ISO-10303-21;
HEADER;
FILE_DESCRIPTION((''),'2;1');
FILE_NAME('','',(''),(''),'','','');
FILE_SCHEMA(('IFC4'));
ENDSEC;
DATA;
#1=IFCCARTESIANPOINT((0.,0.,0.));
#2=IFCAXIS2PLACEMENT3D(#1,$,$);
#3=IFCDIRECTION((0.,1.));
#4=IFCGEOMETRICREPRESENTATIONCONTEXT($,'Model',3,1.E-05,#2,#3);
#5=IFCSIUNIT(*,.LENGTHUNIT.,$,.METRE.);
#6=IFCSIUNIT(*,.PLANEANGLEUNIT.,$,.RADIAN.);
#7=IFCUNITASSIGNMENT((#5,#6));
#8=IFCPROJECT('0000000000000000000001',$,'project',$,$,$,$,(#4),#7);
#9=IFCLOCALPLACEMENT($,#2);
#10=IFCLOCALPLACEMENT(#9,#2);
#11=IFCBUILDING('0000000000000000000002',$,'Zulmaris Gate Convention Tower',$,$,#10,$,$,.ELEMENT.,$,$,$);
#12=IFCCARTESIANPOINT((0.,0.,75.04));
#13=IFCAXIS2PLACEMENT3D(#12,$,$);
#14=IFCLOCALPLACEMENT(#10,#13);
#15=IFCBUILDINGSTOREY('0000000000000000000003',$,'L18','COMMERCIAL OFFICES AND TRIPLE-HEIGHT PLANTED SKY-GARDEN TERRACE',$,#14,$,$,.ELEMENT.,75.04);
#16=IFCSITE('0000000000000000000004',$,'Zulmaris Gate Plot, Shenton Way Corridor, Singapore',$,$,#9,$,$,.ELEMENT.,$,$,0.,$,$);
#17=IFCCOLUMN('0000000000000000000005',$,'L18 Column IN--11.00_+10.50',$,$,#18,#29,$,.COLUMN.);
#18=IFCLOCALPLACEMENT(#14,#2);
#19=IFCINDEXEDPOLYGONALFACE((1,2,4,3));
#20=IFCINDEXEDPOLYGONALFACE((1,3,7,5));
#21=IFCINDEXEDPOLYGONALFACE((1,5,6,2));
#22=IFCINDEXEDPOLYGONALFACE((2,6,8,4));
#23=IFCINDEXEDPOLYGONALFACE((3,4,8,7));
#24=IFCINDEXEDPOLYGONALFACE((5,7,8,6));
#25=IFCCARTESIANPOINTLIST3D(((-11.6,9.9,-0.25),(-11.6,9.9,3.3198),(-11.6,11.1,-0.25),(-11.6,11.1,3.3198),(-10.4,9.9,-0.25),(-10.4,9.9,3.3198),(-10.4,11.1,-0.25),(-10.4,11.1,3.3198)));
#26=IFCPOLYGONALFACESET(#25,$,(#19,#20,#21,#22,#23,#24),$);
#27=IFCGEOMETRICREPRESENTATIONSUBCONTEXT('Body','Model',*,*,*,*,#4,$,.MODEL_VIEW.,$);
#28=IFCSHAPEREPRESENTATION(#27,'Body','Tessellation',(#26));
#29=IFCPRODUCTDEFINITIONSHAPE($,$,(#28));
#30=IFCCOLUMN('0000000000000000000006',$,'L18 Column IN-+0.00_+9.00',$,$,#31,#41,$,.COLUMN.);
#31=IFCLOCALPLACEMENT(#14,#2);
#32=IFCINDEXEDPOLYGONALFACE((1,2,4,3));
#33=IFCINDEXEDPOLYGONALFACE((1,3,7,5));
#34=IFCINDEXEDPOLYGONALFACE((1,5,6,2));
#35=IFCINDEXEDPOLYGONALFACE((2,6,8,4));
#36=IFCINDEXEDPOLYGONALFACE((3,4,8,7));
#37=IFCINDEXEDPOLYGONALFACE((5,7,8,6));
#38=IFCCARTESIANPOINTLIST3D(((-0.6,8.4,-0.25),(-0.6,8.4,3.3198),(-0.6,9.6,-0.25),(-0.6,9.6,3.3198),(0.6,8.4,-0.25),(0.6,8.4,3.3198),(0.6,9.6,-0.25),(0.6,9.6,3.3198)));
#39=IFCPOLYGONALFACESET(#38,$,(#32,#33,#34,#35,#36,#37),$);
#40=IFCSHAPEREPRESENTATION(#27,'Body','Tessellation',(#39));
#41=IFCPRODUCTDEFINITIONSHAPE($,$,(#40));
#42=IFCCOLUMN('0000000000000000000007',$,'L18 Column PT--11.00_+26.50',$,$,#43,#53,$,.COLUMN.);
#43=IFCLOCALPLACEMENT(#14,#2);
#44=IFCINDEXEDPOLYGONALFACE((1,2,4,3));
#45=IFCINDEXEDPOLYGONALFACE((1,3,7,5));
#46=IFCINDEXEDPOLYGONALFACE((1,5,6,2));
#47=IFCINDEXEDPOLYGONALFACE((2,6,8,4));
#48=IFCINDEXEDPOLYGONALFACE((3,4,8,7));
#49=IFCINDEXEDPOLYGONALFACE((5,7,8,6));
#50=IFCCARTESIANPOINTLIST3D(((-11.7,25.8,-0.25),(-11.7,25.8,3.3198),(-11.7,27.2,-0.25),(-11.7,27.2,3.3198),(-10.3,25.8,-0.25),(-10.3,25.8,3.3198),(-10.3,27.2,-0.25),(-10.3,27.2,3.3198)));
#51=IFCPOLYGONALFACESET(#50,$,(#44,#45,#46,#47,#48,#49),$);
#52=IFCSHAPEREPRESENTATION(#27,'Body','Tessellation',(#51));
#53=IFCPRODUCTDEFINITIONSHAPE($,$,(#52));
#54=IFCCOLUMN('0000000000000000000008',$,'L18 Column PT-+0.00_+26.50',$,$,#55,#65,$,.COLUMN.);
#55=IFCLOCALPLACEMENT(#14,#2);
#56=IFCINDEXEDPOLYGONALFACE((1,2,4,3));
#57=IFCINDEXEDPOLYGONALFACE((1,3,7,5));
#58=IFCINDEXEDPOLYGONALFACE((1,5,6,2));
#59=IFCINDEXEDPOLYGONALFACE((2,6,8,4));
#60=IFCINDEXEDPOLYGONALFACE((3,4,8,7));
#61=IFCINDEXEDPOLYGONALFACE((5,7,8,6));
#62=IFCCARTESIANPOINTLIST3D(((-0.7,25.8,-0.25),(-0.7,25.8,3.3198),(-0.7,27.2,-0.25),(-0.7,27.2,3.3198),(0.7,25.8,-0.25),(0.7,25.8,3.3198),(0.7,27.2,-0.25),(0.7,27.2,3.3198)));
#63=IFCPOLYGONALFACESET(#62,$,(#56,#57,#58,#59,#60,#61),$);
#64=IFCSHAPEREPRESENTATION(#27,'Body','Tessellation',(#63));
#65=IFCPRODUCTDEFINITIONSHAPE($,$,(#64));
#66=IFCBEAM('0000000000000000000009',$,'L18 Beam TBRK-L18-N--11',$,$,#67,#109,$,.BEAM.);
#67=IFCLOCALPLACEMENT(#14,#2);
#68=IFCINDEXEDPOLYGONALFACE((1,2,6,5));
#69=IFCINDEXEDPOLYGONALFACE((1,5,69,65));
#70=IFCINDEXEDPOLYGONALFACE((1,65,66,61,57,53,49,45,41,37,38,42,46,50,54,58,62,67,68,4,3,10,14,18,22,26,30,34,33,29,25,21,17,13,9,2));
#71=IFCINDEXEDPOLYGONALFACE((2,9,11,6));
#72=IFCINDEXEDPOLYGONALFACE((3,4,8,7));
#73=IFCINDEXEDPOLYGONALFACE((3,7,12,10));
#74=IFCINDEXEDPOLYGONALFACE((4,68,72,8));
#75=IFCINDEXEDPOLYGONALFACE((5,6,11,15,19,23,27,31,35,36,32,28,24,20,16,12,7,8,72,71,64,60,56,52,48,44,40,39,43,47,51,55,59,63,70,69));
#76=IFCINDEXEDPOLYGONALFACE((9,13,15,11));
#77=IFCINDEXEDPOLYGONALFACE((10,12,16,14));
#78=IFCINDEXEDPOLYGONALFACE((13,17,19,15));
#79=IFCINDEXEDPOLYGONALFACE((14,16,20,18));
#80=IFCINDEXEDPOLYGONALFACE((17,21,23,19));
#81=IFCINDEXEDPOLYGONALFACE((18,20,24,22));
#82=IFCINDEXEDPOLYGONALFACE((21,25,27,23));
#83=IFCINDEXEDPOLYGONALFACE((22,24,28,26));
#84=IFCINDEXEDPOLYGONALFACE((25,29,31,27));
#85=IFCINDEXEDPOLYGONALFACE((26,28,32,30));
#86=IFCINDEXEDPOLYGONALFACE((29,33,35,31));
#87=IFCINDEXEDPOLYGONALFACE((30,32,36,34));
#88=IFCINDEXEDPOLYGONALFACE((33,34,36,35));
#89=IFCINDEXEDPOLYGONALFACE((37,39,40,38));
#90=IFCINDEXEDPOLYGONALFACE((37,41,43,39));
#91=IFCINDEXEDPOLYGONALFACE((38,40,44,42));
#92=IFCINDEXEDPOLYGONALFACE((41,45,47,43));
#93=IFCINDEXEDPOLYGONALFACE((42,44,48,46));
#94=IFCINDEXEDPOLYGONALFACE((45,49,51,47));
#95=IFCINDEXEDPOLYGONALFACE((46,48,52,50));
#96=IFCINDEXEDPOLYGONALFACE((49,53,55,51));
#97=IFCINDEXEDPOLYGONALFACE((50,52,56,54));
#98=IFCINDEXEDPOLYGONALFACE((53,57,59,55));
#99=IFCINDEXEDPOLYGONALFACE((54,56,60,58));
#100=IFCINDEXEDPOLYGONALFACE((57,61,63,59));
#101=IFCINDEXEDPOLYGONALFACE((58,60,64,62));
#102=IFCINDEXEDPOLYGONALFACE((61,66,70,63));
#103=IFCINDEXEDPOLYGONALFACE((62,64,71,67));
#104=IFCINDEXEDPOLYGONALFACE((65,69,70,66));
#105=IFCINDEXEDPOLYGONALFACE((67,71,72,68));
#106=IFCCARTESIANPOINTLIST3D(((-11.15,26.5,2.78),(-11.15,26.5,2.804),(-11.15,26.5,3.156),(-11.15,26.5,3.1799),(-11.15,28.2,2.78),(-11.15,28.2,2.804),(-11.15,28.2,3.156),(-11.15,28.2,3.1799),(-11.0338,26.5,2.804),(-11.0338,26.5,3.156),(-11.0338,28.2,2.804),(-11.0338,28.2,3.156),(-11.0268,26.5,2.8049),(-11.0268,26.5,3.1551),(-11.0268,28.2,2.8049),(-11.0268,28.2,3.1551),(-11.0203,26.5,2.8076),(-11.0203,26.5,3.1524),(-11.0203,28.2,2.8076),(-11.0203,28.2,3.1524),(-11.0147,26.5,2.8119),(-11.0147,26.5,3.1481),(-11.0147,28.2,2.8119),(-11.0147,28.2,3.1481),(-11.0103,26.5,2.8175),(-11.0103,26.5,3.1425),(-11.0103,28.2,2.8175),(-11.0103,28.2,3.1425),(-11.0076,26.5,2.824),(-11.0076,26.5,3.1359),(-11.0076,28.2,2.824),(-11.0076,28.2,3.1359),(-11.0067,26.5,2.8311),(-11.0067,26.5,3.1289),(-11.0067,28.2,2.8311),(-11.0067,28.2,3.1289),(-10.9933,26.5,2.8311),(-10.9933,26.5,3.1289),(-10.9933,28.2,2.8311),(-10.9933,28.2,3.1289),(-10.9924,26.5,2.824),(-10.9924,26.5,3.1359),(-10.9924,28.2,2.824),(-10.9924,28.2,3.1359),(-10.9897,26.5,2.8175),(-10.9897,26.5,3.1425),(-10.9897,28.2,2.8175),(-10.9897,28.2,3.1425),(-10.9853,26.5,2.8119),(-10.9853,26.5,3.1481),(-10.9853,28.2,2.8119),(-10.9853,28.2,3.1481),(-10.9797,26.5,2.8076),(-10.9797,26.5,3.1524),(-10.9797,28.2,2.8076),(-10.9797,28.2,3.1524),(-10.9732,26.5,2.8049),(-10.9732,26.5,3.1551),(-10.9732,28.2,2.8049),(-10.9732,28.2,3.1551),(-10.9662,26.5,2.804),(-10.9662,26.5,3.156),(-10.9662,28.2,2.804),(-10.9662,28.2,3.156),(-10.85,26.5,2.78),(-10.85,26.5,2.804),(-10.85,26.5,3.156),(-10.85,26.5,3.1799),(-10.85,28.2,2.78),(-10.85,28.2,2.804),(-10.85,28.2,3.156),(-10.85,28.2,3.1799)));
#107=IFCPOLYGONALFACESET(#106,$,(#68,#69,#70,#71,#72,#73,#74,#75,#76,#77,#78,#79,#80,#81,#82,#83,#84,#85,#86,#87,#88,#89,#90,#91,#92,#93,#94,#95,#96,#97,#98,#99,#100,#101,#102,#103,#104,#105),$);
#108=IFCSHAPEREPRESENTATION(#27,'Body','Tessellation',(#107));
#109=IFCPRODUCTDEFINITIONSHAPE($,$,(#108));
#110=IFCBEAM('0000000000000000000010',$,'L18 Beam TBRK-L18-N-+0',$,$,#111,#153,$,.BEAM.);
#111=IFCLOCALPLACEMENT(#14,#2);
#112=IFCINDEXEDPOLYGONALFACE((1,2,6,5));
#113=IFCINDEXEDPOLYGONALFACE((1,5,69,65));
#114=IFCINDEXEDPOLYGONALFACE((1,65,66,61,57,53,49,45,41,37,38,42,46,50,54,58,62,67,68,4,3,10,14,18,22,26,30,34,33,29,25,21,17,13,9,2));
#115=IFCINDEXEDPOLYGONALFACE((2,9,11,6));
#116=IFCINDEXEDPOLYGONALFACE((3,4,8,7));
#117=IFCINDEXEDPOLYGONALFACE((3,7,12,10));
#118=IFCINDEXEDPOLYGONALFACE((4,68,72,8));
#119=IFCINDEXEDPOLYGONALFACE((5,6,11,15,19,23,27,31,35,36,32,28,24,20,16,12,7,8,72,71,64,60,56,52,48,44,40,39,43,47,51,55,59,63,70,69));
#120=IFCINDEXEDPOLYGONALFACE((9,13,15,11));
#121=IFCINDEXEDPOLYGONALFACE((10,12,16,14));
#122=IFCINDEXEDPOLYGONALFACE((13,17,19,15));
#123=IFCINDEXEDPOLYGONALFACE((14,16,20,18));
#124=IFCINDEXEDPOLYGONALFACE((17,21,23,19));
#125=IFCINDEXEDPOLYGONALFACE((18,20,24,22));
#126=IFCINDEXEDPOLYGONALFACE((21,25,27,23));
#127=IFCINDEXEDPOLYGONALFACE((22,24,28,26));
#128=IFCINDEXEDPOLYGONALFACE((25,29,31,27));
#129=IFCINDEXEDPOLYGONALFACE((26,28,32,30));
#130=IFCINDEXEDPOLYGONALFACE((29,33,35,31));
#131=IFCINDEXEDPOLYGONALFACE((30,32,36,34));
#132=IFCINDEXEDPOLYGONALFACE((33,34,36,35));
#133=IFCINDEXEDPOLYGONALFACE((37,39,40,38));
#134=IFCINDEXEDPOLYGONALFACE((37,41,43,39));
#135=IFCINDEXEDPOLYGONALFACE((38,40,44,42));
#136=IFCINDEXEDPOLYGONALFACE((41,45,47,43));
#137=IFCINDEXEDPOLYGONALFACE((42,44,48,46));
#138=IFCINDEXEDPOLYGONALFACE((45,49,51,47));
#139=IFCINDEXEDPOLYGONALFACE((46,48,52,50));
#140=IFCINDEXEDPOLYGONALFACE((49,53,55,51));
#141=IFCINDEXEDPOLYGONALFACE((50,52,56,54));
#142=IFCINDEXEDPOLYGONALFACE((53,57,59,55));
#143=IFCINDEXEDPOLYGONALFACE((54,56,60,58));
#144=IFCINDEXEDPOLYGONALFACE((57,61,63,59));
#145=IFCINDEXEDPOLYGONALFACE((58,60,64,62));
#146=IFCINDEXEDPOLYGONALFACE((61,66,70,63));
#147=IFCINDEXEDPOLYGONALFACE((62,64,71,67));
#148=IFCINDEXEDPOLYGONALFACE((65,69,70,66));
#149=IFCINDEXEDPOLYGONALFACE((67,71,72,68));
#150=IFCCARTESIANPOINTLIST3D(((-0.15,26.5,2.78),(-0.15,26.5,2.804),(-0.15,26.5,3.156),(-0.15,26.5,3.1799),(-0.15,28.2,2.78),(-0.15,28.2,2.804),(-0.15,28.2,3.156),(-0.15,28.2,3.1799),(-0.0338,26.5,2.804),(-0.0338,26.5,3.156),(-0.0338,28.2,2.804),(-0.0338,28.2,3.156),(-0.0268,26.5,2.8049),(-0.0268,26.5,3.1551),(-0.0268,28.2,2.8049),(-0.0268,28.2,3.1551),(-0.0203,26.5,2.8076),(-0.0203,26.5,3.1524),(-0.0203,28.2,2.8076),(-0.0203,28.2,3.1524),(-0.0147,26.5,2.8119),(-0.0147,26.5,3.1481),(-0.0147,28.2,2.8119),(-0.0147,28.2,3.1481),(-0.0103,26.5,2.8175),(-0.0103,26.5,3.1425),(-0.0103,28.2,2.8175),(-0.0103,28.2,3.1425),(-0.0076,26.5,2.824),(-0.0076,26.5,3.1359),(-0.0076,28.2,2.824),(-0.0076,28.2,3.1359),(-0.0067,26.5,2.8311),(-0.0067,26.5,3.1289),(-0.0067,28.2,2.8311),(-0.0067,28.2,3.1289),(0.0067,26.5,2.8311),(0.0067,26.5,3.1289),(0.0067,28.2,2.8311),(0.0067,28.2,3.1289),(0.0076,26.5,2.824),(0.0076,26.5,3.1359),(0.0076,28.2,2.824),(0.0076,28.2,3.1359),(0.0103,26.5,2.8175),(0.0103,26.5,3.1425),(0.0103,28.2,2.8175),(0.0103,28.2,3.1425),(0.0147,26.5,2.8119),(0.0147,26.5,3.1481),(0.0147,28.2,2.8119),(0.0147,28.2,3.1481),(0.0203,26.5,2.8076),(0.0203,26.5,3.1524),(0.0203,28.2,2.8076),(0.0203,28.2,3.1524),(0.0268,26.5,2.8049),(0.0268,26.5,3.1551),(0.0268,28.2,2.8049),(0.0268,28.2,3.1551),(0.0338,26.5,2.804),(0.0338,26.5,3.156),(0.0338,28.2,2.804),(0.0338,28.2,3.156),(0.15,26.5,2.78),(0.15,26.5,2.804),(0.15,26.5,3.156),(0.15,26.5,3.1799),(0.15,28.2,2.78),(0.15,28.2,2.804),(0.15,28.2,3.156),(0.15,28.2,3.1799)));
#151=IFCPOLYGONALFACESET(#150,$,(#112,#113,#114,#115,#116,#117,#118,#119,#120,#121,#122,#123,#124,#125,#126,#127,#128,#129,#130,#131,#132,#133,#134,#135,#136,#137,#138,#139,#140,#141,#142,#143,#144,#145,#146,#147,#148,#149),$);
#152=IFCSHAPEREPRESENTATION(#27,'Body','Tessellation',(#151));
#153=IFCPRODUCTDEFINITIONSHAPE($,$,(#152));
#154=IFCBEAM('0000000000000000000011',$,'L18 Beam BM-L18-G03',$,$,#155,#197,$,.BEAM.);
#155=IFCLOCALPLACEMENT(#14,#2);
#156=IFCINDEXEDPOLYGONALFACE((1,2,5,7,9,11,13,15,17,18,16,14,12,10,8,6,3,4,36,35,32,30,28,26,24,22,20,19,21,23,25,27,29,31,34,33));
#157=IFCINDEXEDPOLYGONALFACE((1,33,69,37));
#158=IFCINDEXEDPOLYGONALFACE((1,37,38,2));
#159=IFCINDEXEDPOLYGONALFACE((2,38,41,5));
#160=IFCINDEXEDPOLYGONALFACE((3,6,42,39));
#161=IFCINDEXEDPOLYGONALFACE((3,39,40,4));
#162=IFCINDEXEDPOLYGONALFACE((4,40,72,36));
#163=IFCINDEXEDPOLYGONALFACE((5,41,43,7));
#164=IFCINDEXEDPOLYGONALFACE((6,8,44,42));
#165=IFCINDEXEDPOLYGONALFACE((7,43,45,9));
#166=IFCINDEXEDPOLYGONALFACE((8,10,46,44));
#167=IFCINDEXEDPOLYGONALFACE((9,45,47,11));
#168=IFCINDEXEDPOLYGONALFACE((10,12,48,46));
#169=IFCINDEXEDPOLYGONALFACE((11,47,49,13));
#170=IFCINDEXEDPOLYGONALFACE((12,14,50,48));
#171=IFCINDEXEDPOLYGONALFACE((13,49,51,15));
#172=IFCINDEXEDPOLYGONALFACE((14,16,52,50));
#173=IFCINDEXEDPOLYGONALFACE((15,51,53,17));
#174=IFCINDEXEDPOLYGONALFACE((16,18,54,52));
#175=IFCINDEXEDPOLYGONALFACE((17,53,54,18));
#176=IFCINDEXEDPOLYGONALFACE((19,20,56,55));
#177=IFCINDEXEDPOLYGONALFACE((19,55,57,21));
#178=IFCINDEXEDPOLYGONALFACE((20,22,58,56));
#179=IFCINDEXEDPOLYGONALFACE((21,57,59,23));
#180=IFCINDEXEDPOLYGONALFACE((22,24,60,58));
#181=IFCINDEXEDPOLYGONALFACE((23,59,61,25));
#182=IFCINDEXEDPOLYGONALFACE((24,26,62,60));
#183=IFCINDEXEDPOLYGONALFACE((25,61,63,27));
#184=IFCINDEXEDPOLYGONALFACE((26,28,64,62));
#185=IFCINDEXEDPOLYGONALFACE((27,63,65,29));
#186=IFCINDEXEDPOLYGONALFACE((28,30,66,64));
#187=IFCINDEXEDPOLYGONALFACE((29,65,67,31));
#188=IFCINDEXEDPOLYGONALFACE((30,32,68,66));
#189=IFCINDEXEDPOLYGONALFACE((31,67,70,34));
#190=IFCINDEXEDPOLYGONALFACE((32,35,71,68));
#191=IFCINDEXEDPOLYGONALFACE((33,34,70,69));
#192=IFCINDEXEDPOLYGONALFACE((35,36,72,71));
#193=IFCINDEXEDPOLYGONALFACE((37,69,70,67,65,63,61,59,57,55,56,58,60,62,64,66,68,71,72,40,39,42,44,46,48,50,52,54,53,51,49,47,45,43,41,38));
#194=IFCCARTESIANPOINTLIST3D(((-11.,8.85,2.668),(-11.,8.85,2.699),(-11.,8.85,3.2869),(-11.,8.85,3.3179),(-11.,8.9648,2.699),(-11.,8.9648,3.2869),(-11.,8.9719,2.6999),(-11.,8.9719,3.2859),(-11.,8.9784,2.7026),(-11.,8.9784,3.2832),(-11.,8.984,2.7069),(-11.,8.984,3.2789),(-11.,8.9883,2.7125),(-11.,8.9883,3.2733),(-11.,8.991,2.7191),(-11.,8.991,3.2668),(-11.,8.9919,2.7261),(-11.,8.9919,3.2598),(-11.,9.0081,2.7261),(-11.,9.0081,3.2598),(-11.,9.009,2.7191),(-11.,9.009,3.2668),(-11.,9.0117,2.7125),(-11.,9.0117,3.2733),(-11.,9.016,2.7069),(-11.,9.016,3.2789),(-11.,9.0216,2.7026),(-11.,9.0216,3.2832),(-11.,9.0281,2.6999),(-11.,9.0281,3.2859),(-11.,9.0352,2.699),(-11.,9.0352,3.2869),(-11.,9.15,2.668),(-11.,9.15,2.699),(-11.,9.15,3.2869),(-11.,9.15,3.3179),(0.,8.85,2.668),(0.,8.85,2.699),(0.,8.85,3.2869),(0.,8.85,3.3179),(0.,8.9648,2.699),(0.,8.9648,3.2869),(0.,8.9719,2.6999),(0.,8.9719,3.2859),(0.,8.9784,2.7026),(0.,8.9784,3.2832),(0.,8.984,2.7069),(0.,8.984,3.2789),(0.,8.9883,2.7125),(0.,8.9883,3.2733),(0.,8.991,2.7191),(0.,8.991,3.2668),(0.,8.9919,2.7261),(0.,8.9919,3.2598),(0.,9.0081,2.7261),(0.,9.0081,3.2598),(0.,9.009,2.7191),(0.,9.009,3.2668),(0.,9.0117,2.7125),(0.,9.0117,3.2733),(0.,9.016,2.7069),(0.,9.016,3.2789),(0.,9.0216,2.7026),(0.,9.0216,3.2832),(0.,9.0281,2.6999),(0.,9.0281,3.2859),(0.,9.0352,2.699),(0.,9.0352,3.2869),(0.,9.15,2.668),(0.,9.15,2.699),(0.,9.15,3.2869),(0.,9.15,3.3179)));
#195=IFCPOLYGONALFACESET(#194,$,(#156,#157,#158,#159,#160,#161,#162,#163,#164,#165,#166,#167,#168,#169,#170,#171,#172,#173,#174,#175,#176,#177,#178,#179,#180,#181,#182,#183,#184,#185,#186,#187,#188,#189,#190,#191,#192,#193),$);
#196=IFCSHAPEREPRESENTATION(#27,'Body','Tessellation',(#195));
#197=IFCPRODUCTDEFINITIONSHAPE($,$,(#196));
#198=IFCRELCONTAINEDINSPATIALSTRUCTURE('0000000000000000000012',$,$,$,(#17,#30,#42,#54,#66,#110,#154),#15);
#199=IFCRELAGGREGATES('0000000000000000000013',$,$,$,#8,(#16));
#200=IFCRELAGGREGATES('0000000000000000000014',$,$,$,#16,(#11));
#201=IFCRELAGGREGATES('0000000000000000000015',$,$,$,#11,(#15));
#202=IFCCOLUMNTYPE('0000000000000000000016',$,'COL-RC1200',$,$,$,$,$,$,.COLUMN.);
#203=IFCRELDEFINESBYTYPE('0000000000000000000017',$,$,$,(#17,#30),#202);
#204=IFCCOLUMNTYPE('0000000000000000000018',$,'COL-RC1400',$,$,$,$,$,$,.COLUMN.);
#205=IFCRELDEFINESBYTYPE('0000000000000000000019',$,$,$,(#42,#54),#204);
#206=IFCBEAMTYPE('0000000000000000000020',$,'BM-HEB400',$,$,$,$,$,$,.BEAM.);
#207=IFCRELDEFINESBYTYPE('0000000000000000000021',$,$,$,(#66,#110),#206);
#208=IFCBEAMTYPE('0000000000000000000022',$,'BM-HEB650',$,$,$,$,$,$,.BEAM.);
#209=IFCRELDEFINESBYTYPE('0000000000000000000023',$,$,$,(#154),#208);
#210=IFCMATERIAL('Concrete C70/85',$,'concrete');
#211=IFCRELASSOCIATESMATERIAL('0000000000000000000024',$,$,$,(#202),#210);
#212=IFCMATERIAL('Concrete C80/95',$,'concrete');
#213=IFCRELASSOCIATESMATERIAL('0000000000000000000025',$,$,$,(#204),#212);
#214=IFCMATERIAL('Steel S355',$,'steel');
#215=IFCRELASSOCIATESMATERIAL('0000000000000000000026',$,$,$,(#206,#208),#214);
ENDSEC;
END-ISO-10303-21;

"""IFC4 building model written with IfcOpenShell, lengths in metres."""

from ifc_helpers import new_model, si_unit, direction, frame, origin, origin_2d, place, context, subcontext, project, spatial, rectangle, i_section, extrude, material, material_profile, profile_set, type_object, element, save


model = new_model("IFC4")

# Units and contexts
model_context = context("Model", 3, precision=1e-05, world=origin(), true_north=direction((0.0, 1.0)))
body_context = subcontext(model_context, "Body", "Model", "MODEL_VIEW")
ifc_project = project(units=[si_unit("LENGTHUNIT", "METRE"), si_unit("PLANEANGLEUNIT", "RADIAN")], contexts=[model_context])

# Site, building, storey
site_placement = place(None, origin())
site = spatial("IfcSite", under=ifc_project, at=site_placement, Name="Zulmaris Gate Plot, Shenton Way Corridor, Singapore", CompositionType="ELEMENT", RefElevation=0.0)
building_placement = place(site_placement, origin())
building = spatial("IfcBuilding", under=site, at=building_placement, Name="Zulmaris Gate Convention Tower", CompositionType="ELEMENT")
storey_placement = place(building_placement, frame((0.0, 0.0, 75.04)))
storey = spatial("IfcBuildingStorey", under=building, at=storey_placement, Name="L18", Description="COMMERCIAL OFFICES AND TRIPLE-HEIGHT PLANTED SKY-GARDEN TERRACE", CompositionType="ELEMENT", Elevation=75.04)

# Columns
ifc_material_1 = material(Name="Concrete C70/85", Category="concrete")
ifc_material_profile_1 = material_profile(ifc_material_1, rectangle(XDim=1.2, YDim=1.2, at=origin_2d()), Name="RC COL 1200x1200")
ifc_profile_set_1 = profile_set([ifc_material_profile_1], Name="Concrete C70/85")
column_type_1 = type_object("IfcColumnType", Name="COL-RC1200", PredefinedType="COLUMN", material=ifc_profile_set_1)
for number, where, z_axis, x_axis, name in (
    (1, (-11.0, 10.5, -0.25), (0.0, 0.0, 1.0), (1.0, 0.0, 0.0), "L18 Column IN--11.00_+10.50"),
    (2, (0.0, 9.0, -0.25), (0.0, 0.0, 1.0), (1.0, 0.0, 0.0), "L18 Column IN-+0.00_+9.00"),
):
    element("IfcColumn", number, at=place(storey_placement, frame(where, z_axis=z_axis, x_axis=x_axis)), inside=storey, type_object=column_type_1, Name=name, PredefinedType="COLUMN", context=body_context, shape_type="SweptSolid", body=[
        extrude(rectangle(XDim=1.2, YDim=1.2, at=origin_2d()), origin(), (0.0, 0.0, 1.0), 3.5698),
    ])
ifc_material_2 = material(Name="Concrete C80/95", Category="concrete")
ifc_material_profile_2 = material_profile(ifc_material_2, rectangle(XDim=1.3999, YDim=1.3999, at=origin_2d()), Name="RC COL 1400x1400")
ifc_profile_set_2 = profile_set([ifc_material_profile_2], Name="Concrete C80/95")
column_type_2 = type_object("IfcColumnType", Name="COL-RC1400", PredefinedType="COLUMN", material=ifc_profile_set_2)
for number, where, z_axis, x_axis, name in (
    (3, (-11.0, 26.5, -0.25), (0.0, 0.0, 1.0), (1.0, 0.0, 0.0), "L18 Column PT--11.00_+26.50"),
    (4, (0.0, 26.5, -0.25), (0.0, 0.0, 1.0), (1.0, 0.0, 0.0), "L18 Column PT-+0.00_+26.50"),
):
    element("IfcColumn", number, at=place(storey_placement, frame(where, z_axis=z_axis, x_axis=x_axis)), inside=storey, type_object=column_type_2, Name=name, PredefinedType="COLUMN", context=body_context, shape_type="SweptSolid", body=[
        extrude(rectangle(XDim=1.3999, YDim=1.3999, at=origin_2d()), origin(), (0.0, 0.0, 1.0), 3.5698),
    ])

# Beams
ifc_material_3 = material(Name="Steel S355", Category="steel")
ifc_material_profile_3 = material_profile(ifc_material_3, i_section(OverallWidth=0.3, OverallDepth=0.3999, WebThickness=0.0134, FlangeThickness=0.0239, FilletRadius=0.0271, at=origin_2d()), Name="HEB 400")
ifc_profile_set_3 = profile_set([ifc_material_profile_3], Name="Steel S355")
beam_type_1 = type_object("IfcBeamType", Name="BM-HEB400", PredefinedType="BEAM", material=ifc_profile_set_3)
for number, where, z_axis, x_axis, name in (
    (5, (-11.0, 26.5, 2.98), (0.0, 1.0, 0.0), (-1.0, 0.0, 0.0), "L18 Beam TBRK-L18-N--11"),
    (6, (0.0, 26.5, 2.98), (0.0, 1.0, 0.0), (-1.0, 0.0, 0.0), "L18 Beam TBRK-L18-N-+0"),
):
    element("IfcBeam", number, at=place(storey_placement, frame(where, z_axis=z_axis, x_axis=x_axis)), inside=storey, type_object=beam_type_1, Name=name, PredefinedType="BEAM", context=body_context, shape_type="SweptSolid", body=[
        extrude(i_section(OverallWidth=0.3, OverallDepth=0.3999, WebThickness=0.0134, FlangeThickness=0.0239, FilletRadius=0.0271, at=origin_2d()), origin(), (0.0, 0.0, 1.0), 1.7),
    ])
ifc_material_profile_4 = material_profile(ifc_material_3, i_section(OverallWidth=0.3, OverallDepth=0.6499, WebThickness=0.0161, FlangeThickness=0.031, FilletRadius=0.0271, at=origin_2d()), Name="HEB 650")
ifc_profile_set_4 = profile_set([ifc_material_profile_4], Name="Steel S355")
beam_type_2 = type_object("IfcBeamType", Name="BM-HEB650", PredefinedType="BEAM", material=ifc_profile_set_4)
for number, where, z_axis, x_axis, name in (
    (7, (-11.0, 9.0, 2.9929), (1.0, 0.0, 0.0), (0.0, 1.0, 0.0), "L18 Beam BM-L18-G03"),
):
    element("IfcBeam", number, at=place(storey_placement, frame(where, z_axis=z_axis, x_axis=x_axis)), inside=storey, type_object=beam_type_2, Name=name, PredefinedType="BEAM", context=body_context, shape_type="SweptSolid", body=[
        extrude(i_section(OverallWidth=0.3, OverallDepth=0.6499, WebThickness=0.0161, FlangeThickness=0.031, FilletRadius=0.0271, at=origin_2d()), origin(), (0.0, 0.0, 1.0), 11.0),
    ])

save(model, "model.ifc")
